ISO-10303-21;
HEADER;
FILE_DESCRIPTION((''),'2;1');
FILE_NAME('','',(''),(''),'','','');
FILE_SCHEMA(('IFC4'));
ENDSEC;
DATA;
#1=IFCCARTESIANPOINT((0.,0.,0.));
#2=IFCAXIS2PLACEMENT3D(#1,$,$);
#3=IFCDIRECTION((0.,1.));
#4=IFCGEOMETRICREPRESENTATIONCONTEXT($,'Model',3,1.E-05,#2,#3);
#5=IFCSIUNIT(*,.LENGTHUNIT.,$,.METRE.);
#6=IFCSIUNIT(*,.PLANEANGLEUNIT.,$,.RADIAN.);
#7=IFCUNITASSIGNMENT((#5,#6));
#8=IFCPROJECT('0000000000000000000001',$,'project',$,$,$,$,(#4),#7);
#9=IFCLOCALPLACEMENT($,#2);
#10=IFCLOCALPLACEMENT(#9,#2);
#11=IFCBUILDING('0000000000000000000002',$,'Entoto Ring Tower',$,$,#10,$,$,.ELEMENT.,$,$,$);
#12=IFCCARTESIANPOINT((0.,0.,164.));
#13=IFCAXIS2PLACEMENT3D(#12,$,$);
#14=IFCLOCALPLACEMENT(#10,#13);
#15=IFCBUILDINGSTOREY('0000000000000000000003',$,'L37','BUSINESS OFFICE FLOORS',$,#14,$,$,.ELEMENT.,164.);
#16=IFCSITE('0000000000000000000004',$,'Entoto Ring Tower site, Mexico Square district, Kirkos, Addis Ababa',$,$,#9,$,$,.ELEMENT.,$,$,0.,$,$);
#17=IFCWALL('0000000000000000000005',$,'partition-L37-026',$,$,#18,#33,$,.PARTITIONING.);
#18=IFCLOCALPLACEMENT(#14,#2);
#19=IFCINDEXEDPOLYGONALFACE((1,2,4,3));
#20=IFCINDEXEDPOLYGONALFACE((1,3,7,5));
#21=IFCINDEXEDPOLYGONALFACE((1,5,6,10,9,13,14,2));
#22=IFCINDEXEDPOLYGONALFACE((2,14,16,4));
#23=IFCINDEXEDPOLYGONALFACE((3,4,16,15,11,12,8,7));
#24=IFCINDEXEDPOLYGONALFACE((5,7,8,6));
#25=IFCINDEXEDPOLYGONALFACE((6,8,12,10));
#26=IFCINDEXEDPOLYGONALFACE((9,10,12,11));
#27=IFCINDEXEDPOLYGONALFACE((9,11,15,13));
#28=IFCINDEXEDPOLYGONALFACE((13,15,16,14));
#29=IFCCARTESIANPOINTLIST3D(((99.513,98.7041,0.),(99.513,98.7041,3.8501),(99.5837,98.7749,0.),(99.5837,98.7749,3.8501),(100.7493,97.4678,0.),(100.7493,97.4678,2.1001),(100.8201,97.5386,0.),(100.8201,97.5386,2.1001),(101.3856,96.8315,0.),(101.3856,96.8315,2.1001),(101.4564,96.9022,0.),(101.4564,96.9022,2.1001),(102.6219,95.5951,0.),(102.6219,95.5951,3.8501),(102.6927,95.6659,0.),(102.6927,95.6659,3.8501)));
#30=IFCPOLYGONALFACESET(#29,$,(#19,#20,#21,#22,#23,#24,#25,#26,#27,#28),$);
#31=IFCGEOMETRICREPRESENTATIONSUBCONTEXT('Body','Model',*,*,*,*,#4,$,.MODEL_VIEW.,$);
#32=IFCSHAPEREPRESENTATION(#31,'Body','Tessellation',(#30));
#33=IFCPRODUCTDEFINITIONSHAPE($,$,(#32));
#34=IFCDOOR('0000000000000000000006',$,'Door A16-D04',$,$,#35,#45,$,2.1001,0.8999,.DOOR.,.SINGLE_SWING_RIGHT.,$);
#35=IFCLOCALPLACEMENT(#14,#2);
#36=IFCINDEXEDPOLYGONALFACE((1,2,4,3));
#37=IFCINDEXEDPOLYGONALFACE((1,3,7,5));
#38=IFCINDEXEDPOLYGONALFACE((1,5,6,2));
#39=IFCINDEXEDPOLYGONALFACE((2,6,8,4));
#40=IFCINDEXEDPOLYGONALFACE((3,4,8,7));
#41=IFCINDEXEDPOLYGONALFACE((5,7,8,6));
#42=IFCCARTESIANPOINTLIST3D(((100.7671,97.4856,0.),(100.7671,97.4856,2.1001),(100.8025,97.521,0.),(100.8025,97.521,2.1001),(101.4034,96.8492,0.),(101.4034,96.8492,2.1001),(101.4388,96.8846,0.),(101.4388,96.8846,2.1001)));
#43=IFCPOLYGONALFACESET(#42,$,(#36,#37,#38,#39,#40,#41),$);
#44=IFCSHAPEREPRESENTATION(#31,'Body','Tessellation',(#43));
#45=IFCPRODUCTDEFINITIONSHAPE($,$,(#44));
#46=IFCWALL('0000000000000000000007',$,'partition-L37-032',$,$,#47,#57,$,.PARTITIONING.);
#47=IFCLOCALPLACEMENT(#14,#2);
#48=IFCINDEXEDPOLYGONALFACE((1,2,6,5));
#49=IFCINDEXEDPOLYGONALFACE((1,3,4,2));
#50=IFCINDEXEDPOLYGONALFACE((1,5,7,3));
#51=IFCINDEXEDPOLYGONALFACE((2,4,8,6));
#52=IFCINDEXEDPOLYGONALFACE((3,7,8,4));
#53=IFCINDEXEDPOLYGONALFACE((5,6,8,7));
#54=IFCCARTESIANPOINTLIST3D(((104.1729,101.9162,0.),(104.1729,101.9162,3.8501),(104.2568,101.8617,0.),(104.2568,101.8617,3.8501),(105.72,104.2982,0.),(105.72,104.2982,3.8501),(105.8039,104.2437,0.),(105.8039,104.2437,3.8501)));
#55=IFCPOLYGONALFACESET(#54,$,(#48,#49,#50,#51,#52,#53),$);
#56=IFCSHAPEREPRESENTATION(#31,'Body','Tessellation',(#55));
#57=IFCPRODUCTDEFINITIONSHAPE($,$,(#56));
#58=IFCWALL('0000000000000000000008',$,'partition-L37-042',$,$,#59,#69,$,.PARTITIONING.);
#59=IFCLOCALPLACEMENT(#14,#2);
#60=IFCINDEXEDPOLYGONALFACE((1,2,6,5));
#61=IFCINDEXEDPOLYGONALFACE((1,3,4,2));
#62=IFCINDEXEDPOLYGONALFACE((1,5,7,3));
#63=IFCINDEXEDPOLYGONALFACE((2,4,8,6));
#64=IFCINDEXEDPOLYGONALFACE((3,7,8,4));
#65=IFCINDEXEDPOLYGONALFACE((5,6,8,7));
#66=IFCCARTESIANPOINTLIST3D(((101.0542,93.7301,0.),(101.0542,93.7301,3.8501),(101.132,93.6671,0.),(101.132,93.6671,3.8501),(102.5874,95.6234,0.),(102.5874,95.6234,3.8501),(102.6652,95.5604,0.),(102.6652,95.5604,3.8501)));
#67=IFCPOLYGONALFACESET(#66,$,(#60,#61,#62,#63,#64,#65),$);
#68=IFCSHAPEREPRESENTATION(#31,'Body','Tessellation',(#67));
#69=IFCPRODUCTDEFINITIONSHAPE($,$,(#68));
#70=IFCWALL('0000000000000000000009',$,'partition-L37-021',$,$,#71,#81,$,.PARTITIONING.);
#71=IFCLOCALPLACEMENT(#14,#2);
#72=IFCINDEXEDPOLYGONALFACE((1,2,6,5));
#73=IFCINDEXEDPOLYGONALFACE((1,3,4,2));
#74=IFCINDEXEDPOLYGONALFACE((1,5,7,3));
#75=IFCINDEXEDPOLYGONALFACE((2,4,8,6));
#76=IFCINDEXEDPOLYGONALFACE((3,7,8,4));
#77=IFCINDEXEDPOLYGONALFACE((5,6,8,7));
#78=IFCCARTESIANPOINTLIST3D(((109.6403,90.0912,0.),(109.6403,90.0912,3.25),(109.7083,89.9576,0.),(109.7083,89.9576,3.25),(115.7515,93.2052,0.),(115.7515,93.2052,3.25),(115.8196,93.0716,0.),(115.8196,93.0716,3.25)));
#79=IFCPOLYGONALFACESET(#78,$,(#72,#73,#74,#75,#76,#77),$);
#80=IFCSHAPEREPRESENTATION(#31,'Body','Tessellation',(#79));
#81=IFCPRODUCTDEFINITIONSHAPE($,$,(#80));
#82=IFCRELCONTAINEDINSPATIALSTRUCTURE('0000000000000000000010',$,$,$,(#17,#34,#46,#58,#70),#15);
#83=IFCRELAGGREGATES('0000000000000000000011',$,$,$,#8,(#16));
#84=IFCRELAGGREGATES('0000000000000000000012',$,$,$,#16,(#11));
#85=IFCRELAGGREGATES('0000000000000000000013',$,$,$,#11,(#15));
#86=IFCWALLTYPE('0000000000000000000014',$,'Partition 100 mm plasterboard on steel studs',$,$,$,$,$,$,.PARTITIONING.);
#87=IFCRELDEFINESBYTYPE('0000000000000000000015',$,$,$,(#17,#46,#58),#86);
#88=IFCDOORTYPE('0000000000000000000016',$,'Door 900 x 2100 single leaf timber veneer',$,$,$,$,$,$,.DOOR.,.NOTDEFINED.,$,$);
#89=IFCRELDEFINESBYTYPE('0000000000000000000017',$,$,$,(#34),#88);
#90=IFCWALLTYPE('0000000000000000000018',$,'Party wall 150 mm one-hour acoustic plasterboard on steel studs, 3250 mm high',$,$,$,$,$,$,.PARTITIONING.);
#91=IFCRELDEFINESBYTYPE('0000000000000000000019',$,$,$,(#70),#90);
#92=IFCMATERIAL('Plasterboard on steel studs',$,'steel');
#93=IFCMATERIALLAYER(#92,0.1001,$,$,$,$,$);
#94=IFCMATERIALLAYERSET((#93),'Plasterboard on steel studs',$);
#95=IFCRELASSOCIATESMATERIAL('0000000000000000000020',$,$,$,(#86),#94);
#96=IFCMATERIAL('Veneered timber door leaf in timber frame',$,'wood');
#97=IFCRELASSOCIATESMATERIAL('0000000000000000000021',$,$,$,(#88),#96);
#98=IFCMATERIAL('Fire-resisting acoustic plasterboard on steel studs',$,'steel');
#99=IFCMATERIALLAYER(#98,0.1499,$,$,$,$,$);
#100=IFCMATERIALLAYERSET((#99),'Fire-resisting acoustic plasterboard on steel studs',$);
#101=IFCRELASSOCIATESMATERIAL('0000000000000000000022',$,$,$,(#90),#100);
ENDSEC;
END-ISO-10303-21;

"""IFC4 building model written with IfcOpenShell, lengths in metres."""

from ifc_helpers import new_model, si_unit, direction, frame, frame_2d, origin, place, context, subcontext, project, spatial, rectangle, extrude, material, layer, layer_set, type_object, element, fill, save


model = new_model("IFC4")

# Units and contexts
model_context = context("Model", 3, precision=1e-05, world=origin(), true_north=direction((0.0, 1.0)))
body_context = subcontext(model_context, "Body", "Model", "MODEL_VIEW")
ifc_project = project(units=[si_unit("LENGTHUNIT", "METRE"), si_unit("PLANEANGLEUNIT", "RADIAN")], contexts=[model_context])

# Site, building, storey
site_placement = place(None, origin())
site = spatial("IfcSite", under=ifc_project, at=site_placement, Name="Entoto Ring Tower site, Mexico Square district, Kirkos, Addis Ababa", CompositionType="ELEMENT", RefElevation=0.0)
building_placement = place(site_placement, origin())
building = spatial("IfcBuilding", under=site, at=building_placement, Name="Entoto Ring Tower", CompositionType="ELEMENT")
storey_placement = place(building_placement, frame((0.0, 0.0, 164.0)))
storey = spatial("IfcBuildingStorey", under=building, at=storey_placement, Name="L37", Description="BUSINESS OFFICE FLOORS", CompositionType="ELEMENT", Elevation=164.0)

# Wall, opening, door
ifc_material_1 = material(Name="Plasterboard on steel studs", Category="steel")
ifc_layer_1 = layer(ifc_material_1, 0.1001)
ifc_layer_set_1 = layer_set([ifc_layer_1], Name="Plasterboard on steel studs")
wall_type_1 = type_object("IfcWallType", Name="Partition 100 mm plasterboard on steel studs", PredefinedType="PARTITIONING", material=ifc_layer_set_1)
ifc_material_2 = material(Name="Veneered timber door leaf in timber frame", Category="wood")
door_type_1 = type_object("IfcDoorType", Name="Door 900 x 2100 single leaf timber veneer", OperationType="NOTDEFINED", PredefinedType="DOOR", material=ifc_material_2)
wall_1_placement = place(storey_placement, frame((102.6572, 95.6306, 0.0), z_axis=(0.0, 0.0, 1.0), x_axis=(-0.707107, 0.707107, 0.0)))
wall_1 = element("IfcWall", 1, at=wall_1_placement, inside=storey, type_object=wall_type_1, Name="partition-L37-026", PredefinedType="PARTITIONING", context=body_context, shape_type="SweptSolid", body=[
    extrude(rectangle(XDim=4.3967, YDim=0.1001, at=frame_2d((2.1982, 0.0))), origin(), (0.0, 0.0, 1.0), 3.8501),
])
opening_1_placement = place(wall_1_placement, frame((1.7483, 0.0, 0.0)))
opening_1 = element("IfcOpeningElement", 2, at=opening_1_placement, cuts=wall_1, PredefinedType="OPENING", context=body_context, shape_type="SweptSolid", body=[
    extrude(rectangle(XDim=0.8999, YDim=2.1001, at=frame_2d((0.45, 1.05))), frame((0.0, 0.0601, 0.0), z_axis=(0.0, -1.0, 0.0), x_axis=(1.0, 0.0, 0.0)), (0.0, 0.0, 1.0), 0.1201),
])
door_1_placement = place(opening_1_placement, origin())
door_1 = element("IfcDoor", 3, at=door_1_placement, inside=storey, type_object=door_type_1, Name="Door A16-D04", OperationType="SINGLE_SWING_RIGHT", OverallHeight=2.1001, OverallWidth=0.8999, PredefinedType="DOOR", context=body_context, shape_type="SweptSolid", body=[
    extrude(rectangle(XDim=0.8999, YDim=2.1001, at=frame_2d((0.45, 1.05))), frame((0.0, 0.0249, 0.0), z_axis=(0.0, -1.0, 0.0), x_axis=(1.0, 0.0, 0.0)), (0.0, 0.0, 1.0), 0.05),
])
fill(opening_1, door_1)

# Walls
wall_2_placement = place(storey_placement, frame((104.2148, 101.8889, 0.0), z_axis=(0.0, 0.0, 1.0), x_axis=(0.544683, 0.838642, 0.0)))
element("IfcWall", 4, at=wall_2_placement, inside=storey, type_object=wall_type_1, Name="partition-L37-032", PredefinedType="PARTITIONING", context=body_context, shape_type="SweptSolid", body=[
    extrude(rectangle(XDim=2.8403, YDim=0.1001, at=frame_2d((1.4202, 0.0))), origin(), (0.0, 0.0, 1.0), 3.8501),
])
wall_3_placement = place(storey_placement, frame((101.093, 93.6985, 0.0), z_axis=(0.0, 0.0, 1.0), x_axis=(0.629328, 0.77714, 0.0)))
element("IfcWall", 5, at=wall_3_placement, inside=storey, type_object=wall_type_1, Name="partition-L37-042", PredefinedType="PARTITIONING", context=body_context, shape_type="SweptSolid", body=[
    extrude(rectangle(XDim=2.4363, YDim=0.1001, at=frame_2d((1.2183, 0.0))), origin(), (0.0, 0.0, 1.0), 3.8501),
])
ifc_material_3 = material(Name="Fire-resisting acoustic plasterboard on steel studs", Category="steel")
ifc_layer_2 = layer(ifc_material_3, 0.1499)
ifc_layer_set_2 = layer_set([ifc_layer_2], Name="Fire-resisting acoustic plasterboard on steel studs")
wall_type_2 = type_object("IfcWallType", Name="Party wall 150 mm one-hour acoustic plasterboard on steel studs, 3250 mm high", PredefinedType="PARTITIONING", material=ifc_layer_set_2)
wall_4_placement = place(storey_placement, frame((109.6743, 90.0244, 0.0), z_axis=(0.0, 0.0, 1.0), x_axis=(0.890998, 0.454006, 0.0)))
element("IfcWall", 6, at=wall_4_placement, inside=storey, type_object=wall_type_2, Name="partition-L37-021", PredefinedType="PARTITIONING", context=body_context, shape_type="SweptSolid", body=[
    extrude(rectangle(XDim=6.8589, YDim=0.1499, at=frame_2d((3.4294, 0.0))), origin(), (0.0, 0.0, 1.0), 3.25),
])

save(model, "model.ifc")
